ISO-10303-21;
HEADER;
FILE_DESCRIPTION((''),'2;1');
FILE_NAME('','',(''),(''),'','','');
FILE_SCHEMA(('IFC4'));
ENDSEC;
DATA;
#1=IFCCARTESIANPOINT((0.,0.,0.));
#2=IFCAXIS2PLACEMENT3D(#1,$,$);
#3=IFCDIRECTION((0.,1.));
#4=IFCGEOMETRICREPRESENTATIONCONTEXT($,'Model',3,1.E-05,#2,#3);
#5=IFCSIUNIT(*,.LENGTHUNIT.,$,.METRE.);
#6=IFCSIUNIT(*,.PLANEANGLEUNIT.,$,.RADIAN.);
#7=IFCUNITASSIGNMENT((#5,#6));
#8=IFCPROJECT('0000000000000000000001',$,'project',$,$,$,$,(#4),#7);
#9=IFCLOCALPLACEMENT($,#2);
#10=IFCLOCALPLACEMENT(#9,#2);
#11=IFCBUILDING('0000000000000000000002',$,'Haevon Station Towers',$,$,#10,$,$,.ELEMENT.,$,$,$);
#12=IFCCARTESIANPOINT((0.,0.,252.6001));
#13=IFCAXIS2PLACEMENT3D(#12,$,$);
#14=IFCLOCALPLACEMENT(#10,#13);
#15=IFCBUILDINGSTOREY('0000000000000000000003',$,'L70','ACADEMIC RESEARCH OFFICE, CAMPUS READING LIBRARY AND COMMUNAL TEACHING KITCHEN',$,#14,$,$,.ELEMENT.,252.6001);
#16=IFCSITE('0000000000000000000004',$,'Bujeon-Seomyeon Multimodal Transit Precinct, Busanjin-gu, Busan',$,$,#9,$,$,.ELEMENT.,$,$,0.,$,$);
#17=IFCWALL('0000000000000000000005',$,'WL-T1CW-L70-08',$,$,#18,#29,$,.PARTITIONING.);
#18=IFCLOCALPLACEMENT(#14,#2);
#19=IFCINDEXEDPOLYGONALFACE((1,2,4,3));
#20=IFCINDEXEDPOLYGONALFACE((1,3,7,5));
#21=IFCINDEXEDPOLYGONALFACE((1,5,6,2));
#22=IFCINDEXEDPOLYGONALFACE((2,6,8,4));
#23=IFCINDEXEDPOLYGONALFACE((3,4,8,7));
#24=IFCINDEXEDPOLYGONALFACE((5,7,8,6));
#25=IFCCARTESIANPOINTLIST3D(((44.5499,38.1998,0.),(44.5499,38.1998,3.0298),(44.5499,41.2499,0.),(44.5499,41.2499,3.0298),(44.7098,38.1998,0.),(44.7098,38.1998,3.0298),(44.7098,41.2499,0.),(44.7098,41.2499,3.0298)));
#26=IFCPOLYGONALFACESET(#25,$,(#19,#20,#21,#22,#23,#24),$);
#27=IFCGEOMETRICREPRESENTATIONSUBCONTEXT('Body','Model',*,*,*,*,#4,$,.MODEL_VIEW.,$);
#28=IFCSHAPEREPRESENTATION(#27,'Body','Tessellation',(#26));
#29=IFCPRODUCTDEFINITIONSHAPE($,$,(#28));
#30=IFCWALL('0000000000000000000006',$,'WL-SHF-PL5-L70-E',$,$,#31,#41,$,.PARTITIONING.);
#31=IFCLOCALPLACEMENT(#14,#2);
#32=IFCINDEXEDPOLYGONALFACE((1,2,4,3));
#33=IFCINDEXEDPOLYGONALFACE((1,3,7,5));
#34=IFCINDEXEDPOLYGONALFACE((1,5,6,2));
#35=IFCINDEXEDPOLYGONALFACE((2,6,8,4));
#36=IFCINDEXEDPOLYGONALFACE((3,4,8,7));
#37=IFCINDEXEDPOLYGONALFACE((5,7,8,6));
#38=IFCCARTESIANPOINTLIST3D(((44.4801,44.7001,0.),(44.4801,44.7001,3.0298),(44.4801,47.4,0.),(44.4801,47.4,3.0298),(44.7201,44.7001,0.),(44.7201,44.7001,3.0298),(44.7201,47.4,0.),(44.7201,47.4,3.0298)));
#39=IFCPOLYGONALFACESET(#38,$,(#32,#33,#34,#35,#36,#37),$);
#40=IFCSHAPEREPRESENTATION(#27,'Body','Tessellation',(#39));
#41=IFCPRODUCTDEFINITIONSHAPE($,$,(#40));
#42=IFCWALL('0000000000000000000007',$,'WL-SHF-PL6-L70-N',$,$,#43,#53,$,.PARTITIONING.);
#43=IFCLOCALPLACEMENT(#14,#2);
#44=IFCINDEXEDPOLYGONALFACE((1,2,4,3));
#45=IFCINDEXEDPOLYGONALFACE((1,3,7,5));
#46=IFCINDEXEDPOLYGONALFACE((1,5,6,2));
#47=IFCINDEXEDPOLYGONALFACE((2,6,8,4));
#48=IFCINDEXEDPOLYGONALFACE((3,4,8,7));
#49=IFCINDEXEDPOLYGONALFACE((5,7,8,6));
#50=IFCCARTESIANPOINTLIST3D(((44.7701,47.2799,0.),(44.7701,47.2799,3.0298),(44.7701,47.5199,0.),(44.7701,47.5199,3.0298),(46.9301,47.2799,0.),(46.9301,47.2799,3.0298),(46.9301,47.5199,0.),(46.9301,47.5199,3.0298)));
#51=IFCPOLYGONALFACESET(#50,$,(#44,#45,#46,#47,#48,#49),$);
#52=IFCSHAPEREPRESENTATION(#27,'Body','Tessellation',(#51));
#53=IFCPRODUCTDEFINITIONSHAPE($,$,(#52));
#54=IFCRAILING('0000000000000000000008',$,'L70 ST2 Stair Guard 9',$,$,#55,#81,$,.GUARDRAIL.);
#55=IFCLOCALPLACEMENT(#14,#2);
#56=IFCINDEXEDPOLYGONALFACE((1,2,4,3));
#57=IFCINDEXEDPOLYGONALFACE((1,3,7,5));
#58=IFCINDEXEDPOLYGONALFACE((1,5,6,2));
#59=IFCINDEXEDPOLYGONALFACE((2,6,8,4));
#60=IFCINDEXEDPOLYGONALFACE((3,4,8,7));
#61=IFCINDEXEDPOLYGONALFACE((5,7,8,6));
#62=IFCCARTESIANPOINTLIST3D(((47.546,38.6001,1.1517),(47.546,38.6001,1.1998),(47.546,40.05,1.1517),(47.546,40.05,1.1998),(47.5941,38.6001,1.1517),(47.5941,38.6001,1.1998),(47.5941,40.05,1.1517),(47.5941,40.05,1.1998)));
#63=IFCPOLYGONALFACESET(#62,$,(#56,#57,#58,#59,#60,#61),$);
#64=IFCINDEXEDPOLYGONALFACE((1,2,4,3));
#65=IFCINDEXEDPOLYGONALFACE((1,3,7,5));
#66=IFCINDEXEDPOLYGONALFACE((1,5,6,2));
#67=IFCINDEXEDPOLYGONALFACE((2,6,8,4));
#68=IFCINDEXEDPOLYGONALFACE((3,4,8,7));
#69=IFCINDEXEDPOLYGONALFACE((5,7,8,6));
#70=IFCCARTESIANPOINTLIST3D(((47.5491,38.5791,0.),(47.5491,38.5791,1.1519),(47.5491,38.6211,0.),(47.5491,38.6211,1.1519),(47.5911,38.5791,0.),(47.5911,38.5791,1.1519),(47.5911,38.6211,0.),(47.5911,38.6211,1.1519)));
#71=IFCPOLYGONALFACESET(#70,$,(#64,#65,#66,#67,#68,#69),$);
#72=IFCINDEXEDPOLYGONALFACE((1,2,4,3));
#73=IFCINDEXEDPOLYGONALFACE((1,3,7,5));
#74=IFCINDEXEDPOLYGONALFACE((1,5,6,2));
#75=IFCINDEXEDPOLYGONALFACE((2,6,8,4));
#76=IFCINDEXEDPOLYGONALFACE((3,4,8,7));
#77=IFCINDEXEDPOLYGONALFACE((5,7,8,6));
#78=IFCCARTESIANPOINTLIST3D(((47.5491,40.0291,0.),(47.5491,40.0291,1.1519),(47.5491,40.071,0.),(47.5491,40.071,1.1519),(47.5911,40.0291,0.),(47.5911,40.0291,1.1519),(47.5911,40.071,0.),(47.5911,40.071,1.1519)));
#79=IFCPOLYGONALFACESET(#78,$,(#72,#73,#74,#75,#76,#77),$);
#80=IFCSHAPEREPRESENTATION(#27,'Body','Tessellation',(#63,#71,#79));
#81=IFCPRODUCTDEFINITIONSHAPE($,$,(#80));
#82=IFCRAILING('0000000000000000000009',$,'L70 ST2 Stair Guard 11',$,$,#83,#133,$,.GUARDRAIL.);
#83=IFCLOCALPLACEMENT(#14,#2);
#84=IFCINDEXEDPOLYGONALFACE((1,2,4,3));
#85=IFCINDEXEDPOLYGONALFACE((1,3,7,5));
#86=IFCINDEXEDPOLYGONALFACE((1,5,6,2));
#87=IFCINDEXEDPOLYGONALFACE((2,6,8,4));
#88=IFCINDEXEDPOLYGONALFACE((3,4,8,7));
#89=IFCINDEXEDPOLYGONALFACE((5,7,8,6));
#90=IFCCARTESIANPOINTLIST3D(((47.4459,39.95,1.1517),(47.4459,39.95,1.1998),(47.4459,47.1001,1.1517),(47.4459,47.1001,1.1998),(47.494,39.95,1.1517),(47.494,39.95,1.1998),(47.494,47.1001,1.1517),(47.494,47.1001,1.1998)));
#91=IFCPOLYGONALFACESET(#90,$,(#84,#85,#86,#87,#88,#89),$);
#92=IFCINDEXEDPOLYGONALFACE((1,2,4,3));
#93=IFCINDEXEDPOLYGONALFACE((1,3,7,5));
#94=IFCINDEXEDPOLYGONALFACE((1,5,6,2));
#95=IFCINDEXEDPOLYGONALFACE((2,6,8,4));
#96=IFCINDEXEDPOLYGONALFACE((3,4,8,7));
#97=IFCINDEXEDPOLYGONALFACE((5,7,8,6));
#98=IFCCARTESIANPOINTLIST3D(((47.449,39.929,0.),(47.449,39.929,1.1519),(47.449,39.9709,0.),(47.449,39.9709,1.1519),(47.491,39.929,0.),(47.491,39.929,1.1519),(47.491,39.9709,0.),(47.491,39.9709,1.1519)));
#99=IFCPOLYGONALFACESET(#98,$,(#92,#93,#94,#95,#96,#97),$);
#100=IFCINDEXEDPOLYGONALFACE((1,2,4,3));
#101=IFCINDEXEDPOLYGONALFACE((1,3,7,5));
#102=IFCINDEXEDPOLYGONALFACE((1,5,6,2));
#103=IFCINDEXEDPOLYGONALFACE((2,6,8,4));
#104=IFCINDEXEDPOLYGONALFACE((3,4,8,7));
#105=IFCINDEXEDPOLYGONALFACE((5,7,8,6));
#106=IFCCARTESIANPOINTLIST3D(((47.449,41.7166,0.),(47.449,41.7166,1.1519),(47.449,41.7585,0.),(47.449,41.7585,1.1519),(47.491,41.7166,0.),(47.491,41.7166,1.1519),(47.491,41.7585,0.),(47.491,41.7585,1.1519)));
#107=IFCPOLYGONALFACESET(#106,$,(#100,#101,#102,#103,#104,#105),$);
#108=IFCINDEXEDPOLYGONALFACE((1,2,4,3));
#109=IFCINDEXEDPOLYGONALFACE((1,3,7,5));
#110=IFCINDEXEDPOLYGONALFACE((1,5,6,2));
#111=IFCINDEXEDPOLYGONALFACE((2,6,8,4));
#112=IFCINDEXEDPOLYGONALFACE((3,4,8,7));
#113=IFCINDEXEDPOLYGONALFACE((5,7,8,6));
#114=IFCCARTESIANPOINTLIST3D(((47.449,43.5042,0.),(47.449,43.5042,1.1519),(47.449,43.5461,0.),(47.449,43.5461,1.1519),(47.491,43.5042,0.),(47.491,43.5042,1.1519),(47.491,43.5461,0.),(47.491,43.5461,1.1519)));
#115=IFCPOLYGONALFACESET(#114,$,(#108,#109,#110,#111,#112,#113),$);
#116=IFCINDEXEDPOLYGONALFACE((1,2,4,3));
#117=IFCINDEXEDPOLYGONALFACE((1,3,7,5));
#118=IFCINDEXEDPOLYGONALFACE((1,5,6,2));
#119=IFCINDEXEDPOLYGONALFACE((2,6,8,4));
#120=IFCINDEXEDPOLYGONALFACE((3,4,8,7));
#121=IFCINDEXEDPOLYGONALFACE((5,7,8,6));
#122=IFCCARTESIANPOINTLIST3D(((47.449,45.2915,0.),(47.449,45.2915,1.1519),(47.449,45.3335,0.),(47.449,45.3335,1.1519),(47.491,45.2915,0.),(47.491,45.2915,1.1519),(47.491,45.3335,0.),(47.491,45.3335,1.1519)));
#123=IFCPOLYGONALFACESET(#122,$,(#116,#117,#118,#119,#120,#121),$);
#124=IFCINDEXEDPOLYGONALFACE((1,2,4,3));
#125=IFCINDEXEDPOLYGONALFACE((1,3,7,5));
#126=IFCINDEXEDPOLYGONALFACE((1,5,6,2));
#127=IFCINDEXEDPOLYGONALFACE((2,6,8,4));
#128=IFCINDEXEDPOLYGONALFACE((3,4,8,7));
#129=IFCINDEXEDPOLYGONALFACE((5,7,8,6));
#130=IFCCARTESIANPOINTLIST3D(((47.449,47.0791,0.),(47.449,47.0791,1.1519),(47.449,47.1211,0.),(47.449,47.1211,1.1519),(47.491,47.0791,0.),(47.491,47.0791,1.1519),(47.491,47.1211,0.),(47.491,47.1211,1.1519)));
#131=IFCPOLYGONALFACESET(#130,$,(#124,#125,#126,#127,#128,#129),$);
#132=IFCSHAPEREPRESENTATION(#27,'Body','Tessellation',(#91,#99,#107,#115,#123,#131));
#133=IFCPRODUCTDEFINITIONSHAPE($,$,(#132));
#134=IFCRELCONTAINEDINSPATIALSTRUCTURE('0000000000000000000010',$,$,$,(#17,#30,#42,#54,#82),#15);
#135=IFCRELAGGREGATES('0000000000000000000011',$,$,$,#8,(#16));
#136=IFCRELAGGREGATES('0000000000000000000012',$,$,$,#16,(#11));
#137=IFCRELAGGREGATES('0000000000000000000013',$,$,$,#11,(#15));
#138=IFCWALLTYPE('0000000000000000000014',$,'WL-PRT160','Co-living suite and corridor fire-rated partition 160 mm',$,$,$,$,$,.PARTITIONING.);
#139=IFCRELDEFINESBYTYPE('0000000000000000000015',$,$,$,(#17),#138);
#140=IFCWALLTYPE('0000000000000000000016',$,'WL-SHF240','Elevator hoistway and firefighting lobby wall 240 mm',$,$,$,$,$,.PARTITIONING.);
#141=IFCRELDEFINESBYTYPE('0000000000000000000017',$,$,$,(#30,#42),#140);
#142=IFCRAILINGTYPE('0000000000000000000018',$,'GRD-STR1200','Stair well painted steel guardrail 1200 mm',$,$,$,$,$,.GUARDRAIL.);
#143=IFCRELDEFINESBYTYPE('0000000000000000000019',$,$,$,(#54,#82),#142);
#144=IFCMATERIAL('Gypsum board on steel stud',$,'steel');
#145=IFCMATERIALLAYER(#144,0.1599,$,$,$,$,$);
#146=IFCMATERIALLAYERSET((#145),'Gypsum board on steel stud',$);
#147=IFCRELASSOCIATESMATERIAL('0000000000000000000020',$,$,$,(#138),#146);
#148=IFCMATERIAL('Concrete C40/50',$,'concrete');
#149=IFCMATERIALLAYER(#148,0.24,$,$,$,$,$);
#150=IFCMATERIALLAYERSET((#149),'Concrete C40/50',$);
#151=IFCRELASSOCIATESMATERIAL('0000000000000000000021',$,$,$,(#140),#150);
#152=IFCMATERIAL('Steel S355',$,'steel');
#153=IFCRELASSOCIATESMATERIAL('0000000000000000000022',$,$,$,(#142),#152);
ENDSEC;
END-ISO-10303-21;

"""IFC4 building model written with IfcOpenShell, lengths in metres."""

from ifc_helpers import new_model, si_unit, direction, frame, frame_2d, origin, origin_2d, place, context, subcontext, project, spatial, rectangle, extrude, material, layer, layer_set, type_object, element, save


model = new_model("IFC4")

# Units and contexts
model_context = context("Model", 3, precision=1e-05, world=origin(), true_north=direction((0.0, 1.0)))
body_context = subcontext(model_context, "Body", "Model", "MODEL_VIEW")
ifc_project = project(units=[si_unit("LENGTHUNIT", "METRE"), si_unit("PLANEANGLEUNIT", "RADIAN")], contexts=[model_context])

# Site, building, storey
site_placement = place(None, origin())
site = spatial("IfcSite", under=ifc_project, at=site_placement, Name="Bujeon-Seomyeon Multimodal Transit Precinct, Busanjin-gu, Busan", CompositionType="ELEMENT", RefElevation=0.0)
building_placement = place(site_placement, origin())
building = spatial("IfcBuilding", under=site, at=building_placement, Name="Haevon Station Towers", CompositionType="ELEMENT")
storey_placement = place(building_placement, frame((0.0, 0.0, 252.6001)))
storey = spatial("IfcBuildingStorey", under=building, at=storey_placement, Name="L70", Description="ACADEMIC RESEARCH OFFICE, CAMPUS READING LIBRARY AND COMMUNAL TEACHING KITCHEN", CompositionType="ELEMENT", Elevation=252.6001)

# Shared definitions
ifc_material_1 = material(Name="Steel S355", Category="steel")

# Shared definitions
ifc_material_2 = material(Name="Gypsum board on steel stud", Category="steel")

# Walls
ifc_layer_1 = layer(ifc_material_2, 0.1599)
ifc_layer_set_1 = layer_set([ifc_layer_1], Name="Gypsum board on steel stud")
wall_type_1 = type_object("IfcWallType", Name="WL-PRT160", Description="Co-living suite and corridor fire-rated partition 160 mm", PredefinedType="PARTITIONING", material=ifc_layer_set_1)
wall_1_placement = place(storey_placement, frame((44.6299, 38.2, 0.0), z_axis=(0.0, 0.0, 1.0), x_axis=(0.0, 1.0, 0.0)))
element("IfcWall", 1, at=wall_1_placement, inside=storey, type_object=wall_type_1, Name="WL-T1CW-L70-08", PredefinedType="PARTITIONING", context=body_context, shape_type="SweptSolid", body=[
    extrude(rectangle(XDim=3.05, YDim=0.1599, at=frame_2d((1.5249, 0.0))), origin(), (0.0, 0.0, 1.0), 3.0298),
])
ifc_material_3 = material(Name="Concrete C40/50", Category="concrete")
ifc_layer_2 = layer(ifc_material_3, 0.24)
ifc_layer_set_2 = layer_set([ifc_layer_2], Name="Concrete C40/50")
wall_type_2 = type_object("IfcWallType", Name="WL-SHF240", Description="Elevator hoistway and firefighting lobby wall 240 mm", PredefinedType="PARTITIONING", material=ifc_layer_set_2)
wall_2_placement = place(storey_placement, frame((44.6001, 44.7, 0.0), z_axis=(0.0, 0.0, 1.0), x_axis=(0.0, 1.0, 0.0)))
element("IfcWall", 2, at=wall_2_placement, inside=storey, type_object=wall_type_2, Name="WL-SHF-PL5-L70-E", PredefinedType="PARTITIONING", context=body_context, shape_type="SweptSolid", body=[
    extrude(rectangle(XDim=2.7, YDim=0.24, at=frame_2d((1.3501, 0.0))), origin(), (0.0, 0.0, 1.0), 3.0298),
])

# Wall
wall_3_placement = place(storey_placement, frame((44.77, 47.3999, 0.0), z_axis=(0.0, 0.0, 1.0), x_axis=(1.0, 0.0, 0.0)))
element("IfcWall", 3, at=wall_3_placement, inside=storey, type_object=wall_type_2, Name="WL-SHF-PL6-L70-N", PredefinedType="PARTITIONING", context=body_context, shape_type="SweptSolid", body=[
    extrude(rectangle(XDim=2.1599, YDim=0.24, at=frame_2d((1.0801, 0.0))), origin(), (0.0, 0.0, 1.0), 3.0298),
])

# Railings
railing_type = type_object("IfcRailingType", Name="GRD-STR1200", Description="Stair well painted steel guardrail 1200 mm", PredefinedType="GUARDRAIL", material=ifc_material_1)
railing_1_placement = place(storey_placement, frame((47.5701, 38.6001, 0.0)))
element("IfcRailing", 4, at=railing_1_placement, inside=storey, type_object=railing_type, Name="L70 ST2 Stair Guard 9", PredefinedType="GUARDRAIL", context=body_context, shape_type="SweptSolid", body=[
    extrude(rectangle(XDim=0.0481, YDim=0.0481, at=origin_2d()), frame((0.0, 0.0, 1.1758), z_axis=(0.0, 1.0, 0.0), x_axis=(-1.0, 0.0, 0.0)), (0.0, 0.0, 1.0), 1.45),
    extrude(rectangle(XDim=0.042, YDim=0.042, at=origin_2d()), origin(), (0.0, 0.0, 1.0), 1.1519),
    extrude(rectangle(XDim=0.042, YDim=0.042, at=origin_2d()), frame((0.0, 1.45, 0.0)), (0.0, 0.0, 1.0), 1.1519),
])
railing_2_placement = place(storey_placement, frame((47.47, 39.95, 0.0)))
element("IfcRailing", 5, at=railing_2_placement, inside=storey, type_object=railing_type, Name="L70 ST2 Stair Guard 11", PredefinedType="GUARDRAIL", context=body_context, shape_type="SweptSolid", body=[
    extrude(rectangle(XDim=0.0481, YDim=0.0481, at=origin_2d()), frame((0.0, 0.0, 1.1758), z_axis=(0.0, 1.0, 0.0), x_axis=(-1.0, 0.0, 0.0)), (0.0, 0.0, 1.0), 7.1501),
    extrude(rectangle(XDim=0.042, YDim=0.042, at=origin_2d()), origin(), (0.0, 0.0, 1.0), 1.1519),
    extrude(rectangle(XDim=0.042, YDim=0.042, at=origin_2d()), frame((0.0, 1.7876, 0.0)), (0.0, 0.0, 1.0), 1.1519),
    extrude(rectangle(XDim=0.042, YDim=0.042, at=origin_2d()), frame((0.0, 3.5752, 0.0)), (0.0, 0.0, 1.0), 1.1519),
    extrude(rectangle(XDim=0.042, YDim=0.042, at=origin_2d()), frame((0.0, 5.3625, 0.0)), (0.0, 0.0, 1.0), 1.1519),
    extrude(rectangle(XDim=0.042, YDim=0.042, at=origin_2d()), frame((0.0, 7.1501, 0.0)), (0.0, 0.0, 1.0), 1.1519),
])

save(model, "model.ifc")
